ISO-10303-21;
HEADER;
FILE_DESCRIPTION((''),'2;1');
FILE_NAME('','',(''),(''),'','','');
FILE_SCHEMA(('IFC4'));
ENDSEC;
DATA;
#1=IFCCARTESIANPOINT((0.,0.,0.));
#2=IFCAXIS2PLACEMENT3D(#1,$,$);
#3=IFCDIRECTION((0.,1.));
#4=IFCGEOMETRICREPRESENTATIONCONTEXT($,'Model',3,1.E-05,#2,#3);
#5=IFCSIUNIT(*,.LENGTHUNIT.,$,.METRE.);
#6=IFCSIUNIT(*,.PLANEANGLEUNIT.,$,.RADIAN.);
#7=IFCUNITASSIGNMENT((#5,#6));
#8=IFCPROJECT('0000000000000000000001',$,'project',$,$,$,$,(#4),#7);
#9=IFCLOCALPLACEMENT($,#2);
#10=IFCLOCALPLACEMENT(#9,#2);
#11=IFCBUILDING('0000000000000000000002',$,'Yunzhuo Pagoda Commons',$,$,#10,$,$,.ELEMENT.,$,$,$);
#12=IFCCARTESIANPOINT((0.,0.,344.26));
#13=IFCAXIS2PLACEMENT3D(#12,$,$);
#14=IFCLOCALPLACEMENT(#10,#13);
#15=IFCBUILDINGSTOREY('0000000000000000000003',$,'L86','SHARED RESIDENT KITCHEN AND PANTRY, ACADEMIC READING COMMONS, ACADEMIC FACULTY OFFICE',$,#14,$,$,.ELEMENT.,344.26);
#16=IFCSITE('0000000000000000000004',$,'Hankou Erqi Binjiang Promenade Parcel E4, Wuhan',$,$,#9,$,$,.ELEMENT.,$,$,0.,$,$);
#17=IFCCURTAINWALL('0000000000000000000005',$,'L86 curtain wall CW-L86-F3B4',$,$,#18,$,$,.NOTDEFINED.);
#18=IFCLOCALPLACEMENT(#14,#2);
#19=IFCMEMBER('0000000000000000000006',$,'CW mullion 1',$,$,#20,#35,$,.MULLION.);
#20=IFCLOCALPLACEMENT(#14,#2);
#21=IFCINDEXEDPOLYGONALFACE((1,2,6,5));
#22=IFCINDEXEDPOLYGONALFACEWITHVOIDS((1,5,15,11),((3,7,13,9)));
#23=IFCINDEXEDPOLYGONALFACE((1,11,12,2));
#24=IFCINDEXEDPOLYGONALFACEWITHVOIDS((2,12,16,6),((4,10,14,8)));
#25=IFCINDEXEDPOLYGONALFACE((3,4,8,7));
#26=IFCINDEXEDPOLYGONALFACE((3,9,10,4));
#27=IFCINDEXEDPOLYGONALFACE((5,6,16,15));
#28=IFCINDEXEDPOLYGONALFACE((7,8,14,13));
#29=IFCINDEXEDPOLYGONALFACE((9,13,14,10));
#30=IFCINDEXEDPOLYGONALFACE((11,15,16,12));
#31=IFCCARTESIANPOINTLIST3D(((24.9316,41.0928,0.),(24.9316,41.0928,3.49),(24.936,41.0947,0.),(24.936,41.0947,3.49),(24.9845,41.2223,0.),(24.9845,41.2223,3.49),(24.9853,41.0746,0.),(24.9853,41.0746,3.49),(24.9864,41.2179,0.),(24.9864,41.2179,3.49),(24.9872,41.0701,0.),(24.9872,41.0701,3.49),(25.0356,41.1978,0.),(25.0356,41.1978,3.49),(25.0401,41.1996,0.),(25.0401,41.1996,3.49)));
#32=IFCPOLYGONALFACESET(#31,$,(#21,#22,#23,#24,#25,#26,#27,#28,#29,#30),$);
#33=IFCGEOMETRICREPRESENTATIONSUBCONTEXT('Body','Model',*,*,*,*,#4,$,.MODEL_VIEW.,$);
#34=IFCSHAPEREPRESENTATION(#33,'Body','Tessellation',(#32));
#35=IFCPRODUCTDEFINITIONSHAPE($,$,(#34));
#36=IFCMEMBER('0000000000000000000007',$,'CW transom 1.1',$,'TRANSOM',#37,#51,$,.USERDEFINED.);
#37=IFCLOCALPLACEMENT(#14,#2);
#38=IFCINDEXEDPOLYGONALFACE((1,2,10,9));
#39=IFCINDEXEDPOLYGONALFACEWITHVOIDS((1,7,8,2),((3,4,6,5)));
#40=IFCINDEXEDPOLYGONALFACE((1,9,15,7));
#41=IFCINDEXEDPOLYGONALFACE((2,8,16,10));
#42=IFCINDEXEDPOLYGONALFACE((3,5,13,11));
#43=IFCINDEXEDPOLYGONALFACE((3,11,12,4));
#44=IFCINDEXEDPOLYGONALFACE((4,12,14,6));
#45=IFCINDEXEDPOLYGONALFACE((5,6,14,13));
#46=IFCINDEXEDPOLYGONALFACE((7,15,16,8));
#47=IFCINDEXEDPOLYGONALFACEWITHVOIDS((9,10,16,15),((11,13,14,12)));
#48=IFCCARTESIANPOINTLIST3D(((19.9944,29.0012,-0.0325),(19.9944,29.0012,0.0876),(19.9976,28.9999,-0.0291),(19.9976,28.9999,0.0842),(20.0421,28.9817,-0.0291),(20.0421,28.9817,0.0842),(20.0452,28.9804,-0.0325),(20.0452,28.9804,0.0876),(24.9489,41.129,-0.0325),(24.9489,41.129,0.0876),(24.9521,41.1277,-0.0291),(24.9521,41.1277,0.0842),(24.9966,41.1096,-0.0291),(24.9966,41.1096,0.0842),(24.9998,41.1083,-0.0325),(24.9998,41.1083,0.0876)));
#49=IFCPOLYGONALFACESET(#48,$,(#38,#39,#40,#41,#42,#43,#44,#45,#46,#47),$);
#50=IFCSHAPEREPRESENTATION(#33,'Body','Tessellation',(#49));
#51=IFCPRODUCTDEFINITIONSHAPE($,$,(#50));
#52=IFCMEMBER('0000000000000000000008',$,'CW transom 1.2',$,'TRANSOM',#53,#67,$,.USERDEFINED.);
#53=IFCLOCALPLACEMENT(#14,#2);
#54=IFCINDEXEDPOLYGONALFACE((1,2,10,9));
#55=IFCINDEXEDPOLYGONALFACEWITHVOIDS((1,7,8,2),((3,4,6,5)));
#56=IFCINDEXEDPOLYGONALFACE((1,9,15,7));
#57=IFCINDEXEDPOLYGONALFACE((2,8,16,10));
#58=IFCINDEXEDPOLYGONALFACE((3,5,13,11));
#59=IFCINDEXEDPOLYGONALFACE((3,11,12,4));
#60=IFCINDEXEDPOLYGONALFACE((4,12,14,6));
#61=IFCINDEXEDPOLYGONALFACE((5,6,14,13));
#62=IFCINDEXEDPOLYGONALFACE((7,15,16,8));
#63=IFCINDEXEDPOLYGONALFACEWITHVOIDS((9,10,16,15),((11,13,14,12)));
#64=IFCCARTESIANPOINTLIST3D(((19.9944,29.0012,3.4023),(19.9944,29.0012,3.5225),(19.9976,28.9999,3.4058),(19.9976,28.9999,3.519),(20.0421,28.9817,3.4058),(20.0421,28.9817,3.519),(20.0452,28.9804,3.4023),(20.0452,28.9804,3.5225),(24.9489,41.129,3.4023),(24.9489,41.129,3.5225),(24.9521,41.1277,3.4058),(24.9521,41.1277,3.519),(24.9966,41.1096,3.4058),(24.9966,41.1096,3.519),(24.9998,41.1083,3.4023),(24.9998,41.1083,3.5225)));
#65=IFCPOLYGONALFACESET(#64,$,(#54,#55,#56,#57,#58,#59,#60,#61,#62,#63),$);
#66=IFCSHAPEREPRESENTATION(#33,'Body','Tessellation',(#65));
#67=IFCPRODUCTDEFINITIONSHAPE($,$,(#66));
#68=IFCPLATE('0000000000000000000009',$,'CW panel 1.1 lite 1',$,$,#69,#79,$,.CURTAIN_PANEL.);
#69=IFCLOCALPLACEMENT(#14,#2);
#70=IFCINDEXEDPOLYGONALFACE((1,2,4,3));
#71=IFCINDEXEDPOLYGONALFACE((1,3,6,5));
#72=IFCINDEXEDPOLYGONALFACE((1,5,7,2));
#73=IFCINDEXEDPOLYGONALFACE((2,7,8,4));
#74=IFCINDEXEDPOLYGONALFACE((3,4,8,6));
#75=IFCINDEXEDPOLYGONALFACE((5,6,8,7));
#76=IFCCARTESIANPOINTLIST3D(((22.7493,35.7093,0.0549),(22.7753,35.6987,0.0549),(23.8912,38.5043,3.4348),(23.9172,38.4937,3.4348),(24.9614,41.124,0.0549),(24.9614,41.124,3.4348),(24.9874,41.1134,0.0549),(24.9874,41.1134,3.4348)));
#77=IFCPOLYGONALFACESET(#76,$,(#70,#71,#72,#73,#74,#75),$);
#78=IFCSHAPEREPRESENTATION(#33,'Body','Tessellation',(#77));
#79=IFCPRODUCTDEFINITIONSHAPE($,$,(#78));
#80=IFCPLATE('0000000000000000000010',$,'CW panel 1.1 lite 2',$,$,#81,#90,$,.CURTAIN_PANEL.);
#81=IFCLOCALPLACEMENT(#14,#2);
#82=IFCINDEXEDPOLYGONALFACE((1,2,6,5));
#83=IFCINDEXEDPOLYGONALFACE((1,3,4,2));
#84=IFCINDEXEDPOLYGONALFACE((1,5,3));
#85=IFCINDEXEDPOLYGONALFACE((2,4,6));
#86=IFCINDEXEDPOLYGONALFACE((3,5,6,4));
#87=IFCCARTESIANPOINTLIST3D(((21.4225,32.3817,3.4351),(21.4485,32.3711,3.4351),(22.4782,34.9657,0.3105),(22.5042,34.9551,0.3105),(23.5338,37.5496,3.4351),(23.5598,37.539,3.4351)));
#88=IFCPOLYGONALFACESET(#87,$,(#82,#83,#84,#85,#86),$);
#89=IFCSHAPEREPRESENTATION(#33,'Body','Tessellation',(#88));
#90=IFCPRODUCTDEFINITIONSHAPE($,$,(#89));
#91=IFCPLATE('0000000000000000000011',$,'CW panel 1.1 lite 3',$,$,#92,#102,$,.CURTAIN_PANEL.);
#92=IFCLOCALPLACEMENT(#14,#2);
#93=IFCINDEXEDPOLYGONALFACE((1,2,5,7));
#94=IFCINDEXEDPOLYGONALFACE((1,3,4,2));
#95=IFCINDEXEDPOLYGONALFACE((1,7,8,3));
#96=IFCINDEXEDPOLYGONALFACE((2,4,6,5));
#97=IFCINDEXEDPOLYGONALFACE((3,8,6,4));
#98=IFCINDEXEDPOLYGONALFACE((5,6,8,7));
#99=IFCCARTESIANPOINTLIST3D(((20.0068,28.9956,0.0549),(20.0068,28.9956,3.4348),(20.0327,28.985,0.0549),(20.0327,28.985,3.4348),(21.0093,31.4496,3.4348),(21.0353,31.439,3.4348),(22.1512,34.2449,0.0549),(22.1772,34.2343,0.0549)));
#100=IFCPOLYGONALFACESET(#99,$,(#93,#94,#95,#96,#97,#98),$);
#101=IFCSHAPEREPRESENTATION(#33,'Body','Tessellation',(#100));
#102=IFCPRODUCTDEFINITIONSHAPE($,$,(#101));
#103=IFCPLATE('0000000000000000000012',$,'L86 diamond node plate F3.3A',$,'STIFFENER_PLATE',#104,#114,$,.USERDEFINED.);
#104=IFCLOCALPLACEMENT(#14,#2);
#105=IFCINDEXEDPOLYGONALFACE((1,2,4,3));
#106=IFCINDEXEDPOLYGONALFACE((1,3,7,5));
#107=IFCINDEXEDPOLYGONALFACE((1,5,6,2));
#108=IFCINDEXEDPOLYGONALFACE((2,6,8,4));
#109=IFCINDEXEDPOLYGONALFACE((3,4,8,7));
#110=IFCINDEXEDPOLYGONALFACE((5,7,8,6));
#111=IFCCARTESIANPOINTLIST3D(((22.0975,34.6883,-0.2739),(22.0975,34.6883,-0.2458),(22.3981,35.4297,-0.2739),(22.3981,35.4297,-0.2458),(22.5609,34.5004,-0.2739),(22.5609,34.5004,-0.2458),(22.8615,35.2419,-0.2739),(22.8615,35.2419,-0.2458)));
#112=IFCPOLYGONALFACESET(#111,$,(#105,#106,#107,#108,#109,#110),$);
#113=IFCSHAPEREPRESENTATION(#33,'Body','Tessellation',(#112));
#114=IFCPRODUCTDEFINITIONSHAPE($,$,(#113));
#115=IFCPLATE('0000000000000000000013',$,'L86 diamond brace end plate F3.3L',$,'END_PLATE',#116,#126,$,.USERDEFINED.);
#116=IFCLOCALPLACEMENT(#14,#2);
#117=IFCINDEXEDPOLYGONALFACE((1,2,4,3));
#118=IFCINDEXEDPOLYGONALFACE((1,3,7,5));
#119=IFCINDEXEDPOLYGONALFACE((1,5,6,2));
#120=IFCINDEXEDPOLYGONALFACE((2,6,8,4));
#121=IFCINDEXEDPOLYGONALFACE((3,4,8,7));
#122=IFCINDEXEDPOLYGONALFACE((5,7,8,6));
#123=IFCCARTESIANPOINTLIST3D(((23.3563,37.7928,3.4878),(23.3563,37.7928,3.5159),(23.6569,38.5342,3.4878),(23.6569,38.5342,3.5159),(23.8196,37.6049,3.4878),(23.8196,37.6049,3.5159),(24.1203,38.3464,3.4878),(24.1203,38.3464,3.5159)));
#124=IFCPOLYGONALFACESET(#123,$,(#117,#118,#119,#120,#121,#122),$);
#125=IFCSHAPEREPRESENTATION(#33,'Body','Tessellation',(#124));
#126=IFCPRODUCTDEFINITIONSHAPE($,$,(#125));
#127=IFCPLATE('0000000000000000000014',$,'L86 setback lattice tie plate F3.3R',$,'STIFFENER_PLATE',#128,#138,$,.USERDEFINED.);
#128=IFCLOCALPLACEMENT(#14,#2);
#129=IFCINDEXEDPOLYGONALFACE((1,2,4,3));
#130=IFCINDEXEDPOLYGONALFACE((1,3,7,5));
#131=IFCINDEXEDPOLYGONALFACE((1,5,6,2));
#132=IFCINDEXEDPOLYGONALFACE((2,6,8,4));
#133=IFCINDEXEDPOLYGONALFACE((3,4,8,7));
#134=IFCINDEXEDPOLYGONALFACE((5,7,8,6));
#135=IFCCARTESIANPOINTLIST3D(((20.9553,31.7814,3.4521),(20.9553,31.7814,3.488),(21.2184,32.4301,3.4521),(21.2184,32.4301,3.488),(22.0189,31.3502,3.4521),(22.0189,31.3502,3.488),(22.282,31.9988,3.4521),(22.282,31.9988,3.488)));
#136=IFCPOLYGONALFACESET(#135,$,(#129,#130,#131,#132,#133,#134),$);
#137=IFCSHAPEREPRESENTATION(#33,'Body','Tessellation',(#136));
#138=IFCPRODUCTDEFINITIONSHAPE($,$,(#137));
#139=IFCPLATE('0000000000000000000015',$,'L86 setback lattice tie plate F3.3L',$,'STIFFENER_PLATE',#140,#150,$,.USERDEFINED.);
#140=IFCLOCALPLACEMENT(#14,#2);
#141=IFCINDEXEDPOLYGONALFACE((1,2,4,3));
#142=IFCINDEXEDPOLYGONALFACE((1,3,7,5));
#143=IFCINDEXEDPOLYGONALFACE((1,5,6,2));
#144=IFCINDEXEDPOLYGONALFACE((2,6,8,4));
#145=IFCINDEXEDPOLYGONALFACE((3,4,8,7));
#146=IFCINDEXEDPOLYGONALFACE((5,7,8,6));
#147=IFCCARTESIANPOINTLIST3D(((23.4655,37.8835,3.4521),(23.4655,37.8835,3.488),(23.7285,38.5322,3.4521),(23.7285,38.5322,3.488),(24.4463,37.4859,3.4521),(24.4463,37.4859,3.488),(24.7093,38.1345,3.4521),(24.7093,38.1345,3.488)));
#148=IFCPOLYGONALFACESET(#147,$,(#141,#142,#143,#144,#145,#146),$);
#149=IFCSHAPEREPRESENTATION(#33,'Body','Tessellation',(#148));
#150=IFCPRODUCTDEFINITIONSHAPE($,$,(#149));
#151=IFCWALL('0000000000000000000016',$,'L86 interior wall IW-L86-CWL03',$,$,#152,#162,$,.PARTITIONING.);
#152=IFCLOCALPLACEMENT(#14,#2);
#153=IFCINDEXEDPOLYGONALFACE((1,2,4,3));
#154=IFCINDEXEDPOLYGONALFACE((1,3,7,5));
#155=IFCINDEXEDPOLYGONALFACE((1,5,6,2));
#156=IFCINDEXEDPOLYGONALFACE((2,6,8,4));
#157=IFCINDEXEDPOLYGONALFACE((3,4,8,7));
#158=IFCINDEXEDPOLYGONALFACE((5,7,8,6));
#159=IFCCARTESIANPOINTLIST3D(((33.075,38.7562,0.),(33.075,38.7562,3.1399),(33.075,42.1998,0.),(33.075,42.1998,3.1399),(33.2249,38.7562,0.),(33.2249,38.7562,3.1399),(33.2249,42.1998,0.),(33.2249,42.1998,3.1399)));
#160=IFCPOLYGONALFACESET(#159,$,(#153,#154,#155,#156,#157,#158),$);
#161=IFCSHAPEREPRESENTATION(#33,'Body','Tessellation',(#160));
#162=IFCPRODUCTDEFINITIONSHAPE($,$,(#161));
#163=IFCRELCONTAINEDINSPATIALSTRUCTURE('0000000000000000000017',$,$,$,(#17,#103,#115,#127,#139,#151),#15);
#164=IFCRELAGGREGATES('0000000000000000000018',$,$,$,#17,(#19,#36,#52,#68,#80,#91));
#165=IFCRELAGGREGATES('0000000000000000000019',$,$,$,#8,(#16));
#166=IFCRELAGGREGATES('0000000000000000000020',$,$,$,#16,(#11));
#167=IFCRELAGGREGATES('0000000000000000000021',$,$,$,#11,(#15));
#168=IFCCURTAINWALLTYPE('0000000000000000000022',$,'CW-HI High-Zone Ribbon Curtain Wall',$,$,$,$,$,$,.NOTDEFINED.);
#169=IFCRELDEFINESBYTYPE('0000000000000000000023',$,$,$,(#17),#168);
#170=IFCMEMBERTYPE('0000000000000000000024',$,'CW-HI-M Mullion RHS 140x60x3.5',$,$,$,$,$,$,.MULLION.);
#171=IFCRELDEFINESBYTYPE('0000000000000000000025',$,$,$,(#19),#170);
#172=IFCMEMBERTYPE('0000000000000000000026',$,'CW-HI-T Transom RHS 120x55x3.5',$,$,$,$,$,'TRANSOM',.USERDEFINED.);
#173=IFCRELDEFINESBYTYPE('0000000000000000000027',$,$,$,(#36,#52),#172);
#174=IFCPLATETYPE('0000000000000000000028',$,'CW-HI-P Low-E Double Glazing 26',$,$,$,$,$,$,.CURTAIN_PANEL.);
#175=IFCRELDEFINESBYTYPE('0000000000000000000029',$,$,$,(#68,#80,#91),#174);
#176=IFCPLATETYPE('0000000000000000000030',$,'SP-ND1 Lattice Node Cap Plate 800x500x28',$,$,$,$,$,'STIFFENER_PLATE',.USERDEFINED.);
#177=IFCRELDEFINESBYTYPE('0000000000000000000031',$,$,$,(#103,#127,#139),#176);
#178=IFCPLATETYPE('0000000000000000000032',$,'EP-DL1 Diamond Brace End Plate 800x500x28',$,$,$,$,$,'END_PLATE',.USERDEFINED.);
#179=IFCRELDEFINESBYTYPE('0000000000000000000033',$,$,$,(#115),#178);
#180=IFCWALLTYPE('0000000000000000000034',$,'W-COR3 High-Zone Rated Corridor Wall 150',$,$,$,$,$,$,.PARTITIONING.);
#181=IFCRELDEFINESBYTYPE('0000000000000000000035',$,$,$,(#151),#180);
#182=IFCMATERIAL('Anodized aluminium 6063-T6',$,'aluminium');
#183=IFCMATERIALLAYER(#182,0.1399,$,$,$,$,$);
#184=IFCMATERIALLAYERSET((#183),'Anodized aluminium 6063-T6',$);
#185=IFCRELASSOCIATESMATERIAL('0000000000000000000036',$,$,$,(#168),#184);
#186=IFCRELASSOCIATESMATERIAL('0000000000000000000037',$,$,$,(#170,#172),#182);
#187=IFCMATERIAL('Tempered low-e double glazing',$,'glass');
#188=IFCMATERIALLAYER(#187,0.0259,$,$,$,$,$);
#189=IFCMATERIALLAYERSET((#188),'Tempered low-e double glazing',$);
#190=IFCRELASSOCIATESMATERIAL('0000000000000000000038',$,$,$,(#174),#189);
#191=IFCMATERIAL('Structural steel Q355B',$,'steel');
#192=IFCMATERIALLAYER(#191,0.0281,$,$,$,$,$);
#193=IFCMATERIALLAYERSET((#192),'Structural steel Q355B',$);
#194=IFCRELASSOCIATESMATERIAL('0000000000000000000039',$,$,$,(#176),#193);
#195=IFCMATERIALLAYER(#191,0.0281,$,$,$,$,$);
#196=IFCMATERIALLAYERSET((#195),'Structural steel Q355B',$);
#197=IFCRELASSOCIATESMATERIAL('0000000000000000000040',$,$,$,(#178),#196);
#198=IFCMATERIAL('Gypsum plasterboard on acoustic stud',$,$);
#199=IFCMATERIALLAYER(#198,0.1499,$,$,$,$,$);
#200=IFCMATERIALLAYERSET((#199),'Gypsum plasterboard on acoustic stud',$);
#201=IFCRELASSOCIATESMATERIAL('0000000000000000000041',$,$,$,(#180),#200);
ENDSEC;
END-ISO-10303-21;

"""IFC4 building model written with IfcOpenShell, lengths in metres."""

from ifc_helpers import new_model, si_unit, direction, frame, frame_2d, origin, origin_2d, place, context, subcontext, project, spatial, polyline, rectangle, hollow_rectangle, outline, extrude, source, transform, mapped, material, layer, layer_set, material_profile, profile_set, type_object, element, aggregate, save


model = new_model("IFC4")

# Units and contexts
model_context = context("Model", 3, precision=1e-05, world=origin(), true_north=direction((0.0, 1.0)))
body_context = subcontext(model_context, "Body", "Model", "MODEL_VIEW")
ifc_project = project(units=[si_unit("LENGTHUNIT", "METRE"), si_unit("PLANEANGLEUNIT", "RADIAN")], contexts=[model_context])

# Site, building, storey
site_placement = place(None, origin())
site = spatial("IfcSite", under=ifc_project, at=site_placement, Name="Hankou Erqi Binjiang Promenade Parcel E4, Wuhan", CompositionType="ELEMENT", RefElevation=0.0)
building_placement = place(site_placement, origin())
building = spatial("IfcBuilding", under=site, at=building_placement, Name="Yunzhuo Pagoda Commons", CompositionType="ELEMENT")
storey_placement = place(building_placement, frame((0.0, 0.0, 344.26)))
storey = spatial("IfcBuildingStorey", under=building, at=storey_placement, Name="L86", Description="SHARED RESIDENT KITCHEN AND PANTRY, ACADEMIC READING COMMONS, ACADEMIC FACULTY OFFICE", CompositionType="ELEMENT", Elevation=344.26)

# Shared definitions
ifc_material_1 = material(Name="Structural steel Q355B", Category="steel")

# Curtain wall, members, plates
ifc_material_2 = material(Name="Anodized aluminium 6063-T6", Category="aluminium")
ifc_layer_1 = layer(ifc_material_2, 0.1399)
ifc_layer_set_1 = layer_set([ifc_layer_1], Name="Anodized aluminium 6063-T6")
curtain_wall_type = type_object("IfcCurtainWallType", Name="CW-HI High-Zone Ribbon Curtain Wall", PredefinedType="NOTDEFINED", material=ifc_layer_set_1)
curtain_wall_placement = place(storey_placement, origin())
curtain_wall = element("IfcCurtainWall", 1, at=curtain_wall_placement, inside=storey, type_object=curtain_wall_type, Name="L86 curtain wall CW-L86-F3B4", PredefinedType="NOTDEFINED")
ifc_material_profile_1 = material_profile(ifc_material_2, hollow_rectangle(XDim=0.0601, YDim=0.1399, WallThickness=0.0034, at=origin_2d()), Name="Anodized aluminium 6063-T6")
ifc_profile_set_1 = profile_set([ifc_material_profile_1], Name="Anodized aluminium 6063-T6")
member_type_1 = type_object("IfcMemberType", Name="CW-HI-M Mullion RHS 140x60x3.5", PredefinedType="MULLION", material=ifc_profile_set_1)
shared_shape_1 = source(origin(), body_context, "Body", "SweptSolid", [
    extrude(hollow_rectangle(XDim=0.0601, YDim=0.1399, WallThickness=0.0034, at=origin_2d()), origin(), (0.0, 0.0, 1.0), 3.49),
])
member_1_placement = place(storey_placement, frame((24.9858, 41.1462, 0.0), z_axis=(0.0, 0.0, 1.0), x_axis=(0.92573, -0.378185, 0.0)))
member_1 = element("IfcMember", 2, at=member_1_placement, type_object=member_type_1, Name="CW mullion 1", PredefinedType="MULLION", context=body_context, shape_type="MappedRepresentation", body=[
    mapped(shared_shape_1, transform((0.0, 0.0, 0.0), scale=1.0)),
])
ifc_material_profile_2 = material_profile(ifc_material_2, hollow_rectangle(XDim=0.0549, YDim=0.1201, WallThickness=0.0034, at=origin_2d()), Name="Anodized aluminium 6063-T6")
ifc_profile_set_2 = profile_set([ifc_material_profile_2], Name="Anodized aluminium 6063-T6")
member_type_2 = type_object("IfcMemberType", Name="CW-HI-T Transom RHS 120x55x3.5", ElementType="TRANSOM", PredefinedType="USERDEFINED", material=ifc_profile_set_2)
shared_shape_2 = source(origin(), body_context, "Body", "SweptSolid", [
    extrude(hollow_rectangle(XDim=0.0549, YDim=0.1201, WallThickness=0.0034, at=origin_2d()), origin(), (0.0, 0.0, 1.0), 13.1008),
])
member_2_placement = place(storey_placement, frame((24.9744, 41.1187, 0.0276), z_axis=(-0.378186, -0.92573, 0.0), x_axis=(0.92573, -0.378186, 0.0)))
member_2 = element("IfcMember", 3, at=member_2_placement, type_object=member_type_2, Name="CW transom 1.1", ObjectType="TRANSOM", PredefinedType="USERDEFINED", context=body_context, shape_type="MappedRepresentation", body=[
    mapped(shared_shape_2, transform((0.0, 0.0, 0.0), scale=1.0)),
])
member_3_placement = place(storey_placement, frame((24.9744, 41.1187, 3.4624), z_axis=(-0.378186, -0.92573, 0.0), x_axis=(0.92573, -0.378186, 0.0)))
member_3 = element("IfcMember", 4, at=member_3_placement, type_object=member_type_2, Name="CW transom 1.2", ObjectType="TRANSOM", PredefinedType="USERDEFINED", context=body_context, shape_type="MappedRepresentation", body=[
    mapped(shared_shape_2, transform((0.0, 0.0, 0.0), scale=1.0)),
])
ifc_material_3 = material(Name="Tempered low-e double glazing", Category="glass")
ifc_layer_2 = layer(ifc_material_3, 0.0259)
ifc_layer_set_2 = layer_set([ifc_layer_2], Name="Tempered low-e double glazing")
plate_type_1 = type_object("IfcPlateType", Name="CW-HI-P Low-E Double Glazing 26", PredefinedType="CURTAIN_PANEL", material=ifc_layer_set_2)
plate_1_placement = place(storey_placement, frame((23.8813, 38.406, 1.7449), z_axis=(-0.92573, 0.378185, 0.0), x_axis=(-0.378185, -0.92573, 0.0)))
plate_1 = element("IfcPlate", 5, at=plate_1_placement, type_object=plate_type_1, Name="CW panel 1.1 lite 1", PredefinedType="CURTAIN_PANEL", context=body_context, shape_type="SweptSolid", body=[
    extrude(outline(polyline([(-2.9246, -1.6899), (2.9246, -1.6899), (-0.0947, 1.6899), (-2.9246, 1.6899), (-2.9246, -1.6899)])), origin(), (0.0, 0.0, 1.0), 0.0281),
])
plate_2_placement = place(storey_placement, frame((22.5042, 34.9551, 1.8728), z_axis=(-0.92573, 0.378185, 0.0), x_axis=(-0.378185, -0.92573, 0.0)))
plate_2 = element("IfcPlate", 6, at=plate_2_placement, type_object=plate_type_1, Name="CW panel 1.1 lite 2", PredefinedType="CURTAIN_PANEL", context=body_context, shape_type="SweptSolid", body=[
    extrude(outline(polyline([(-2.7913, 1.5623), (0.0, -1.5623), (2.7913, 1.5623), (-2.7913, 1.5623)])), origin(), (0.0, 0.0, 1.0), 0.0281),
])
plate_3_placement = place(storey_placement, frame((21.105, 31.6096, 1.7449), z_axis=(-0.92573, 0.378185, 0.0), x_axis=(-0.378185, -0.92573, 0.0)))
plate_3 = element("IfcPlate", 7, at=plate_3_placement, type_object=plate_type_1, Name="CW panel 1.1 lite 3", PredefinedType="CURTAIN_PANEL", context=body_context, shape_type="SweptSolid", body=[
    extrude(outline(polyline([(-2.8352, -1.6899), (2.8352, -1.6899), (2.8352, 1.6899), (0.1843, 1.6899), (-2.8352, -1.6899)])), origin(), (0.0, 0.0, 1.0), 0.0281),
])
aggregate(curtain_wall, [member_1, member_2, member_3, plate_1, plate_2, plate_3])

# Plates
ifc_layer_3 = layer(ifc_material_1, 0.0281)
ifc_layer_set_3 = layer_set([ifc_layer_3], Name="Structural steel Q355B")
plate_type_2 = type_object("IfcPlateType", Name="SP-ND1 Lattice Node Cap Plate 800x500x28", ElementType="STIFFENER_PLATE", PredefinedType="USERDEFINED", material=ifc_layer_set_3)
shared_shape_3 = source(origin(), body_context, "Body", "SweptSolid", [
    extrude(rectangle(XDim=0.8, YDim=0.5, at=origin_2d()), origin(), (0.0, 0.0, 1.0), 0.0281),
])
plate_4_placement = place(storey_placement, frame((22.4795, 34.9651, -0.2739), z_axis=(0.0, 0.0, 1.0), x_axis=(-0.375755, -0.926719, 0.0)))
element("IfcPlate", 8, at=plate_4_placement, inside=storey, type_object=plate_type_2, Name="L86 diamond node plate F3.3A", ObjectType="STIFFENER_PLATE", PredefinedType="USERDEFINED", context=body_context, shape_type="MappedRepresentation", body=[
    mapped(shared_shape_3, transform((0.0, 0.0, 0.0), scale=1.0)),
])
ifc_layer_4 = layer(ifc_material_1, 0.0281)
ifc_layer_set_4 = layer_set([ifc_layer_4], Name="Structural steel Q355B")
plate_type_3 = type_object("IfcPlateType", Name="EP-DL1 Diamond Brace End Plate 800x500x28", ElementType="END_PLATE", PredefinedType="USERDEFINED", material=ifc_layer_set_4)
plate_5_placement = place(storey_placement, frame((23.7383, 38.0696, 3.4878), z_axis=(0.0, 0.0, 1.0), x_axis=(-0.375755, -0.926719, 0.0)))
element("IfcPlate", 9, at=plate_5_placement, inside=storey, type_object=plate_type_3, Name="L86 diamond brace end plate F3.3L", ObjectType="END_PLATE", PredefinedType="USERDEFINED", context=body_context, shape_type="MappedRepresentation", body=[
    mapped(shared_shape_3, transform((0.0, 0.0, 0.0), scale=1.0)),
])
shared_shape_4 = source(origin(), body_context, "Body", "SweptSolid", [
    extrude(rectangle(XDim=0.7, YDim=1.1477, at=origin_2d()), origin(), (0.0, 0.0, 1.0), 0.0359),
])
plate_6_placement = place(storey_placement, frame((21.6187, 31.8901, 3.4521), z_axis=(0.0, 0.0, 1.0), x_axis=(-0.375755, -0.926719, 0.0)))
element("IfcPlate", 10, at=plate_6_placement, inside=storey, type_object=plate_type_2, Name="L86 setback lattice tie plate F3.3R", ObjectType="STIFFENER_PLATE", PredefinedType="USERDEFINED", context=body_context, shape_type="MappedRepresentation", body=[
    mapped(shared_shape_4, transform((0.0, 0.0, 0.0), scale=1.0)),
])
shared_shape_5 = source(origin(), body_context, "Body", "SweptSolid", [
    extrude(rectangle(XDim=0.7, YDim=1.0583, at=origin_2d()), origin(), (0.0, 0.0, 1.0), 0.0359),
])
plate_7_placement = place(storey_placement, frame((24.0874, 38.009, 3.4521), z_axis=(0.0, 0.0, 1.0), x_axis=(-0.375755, -0.926719, 0.0)))
element("IfcPlate", 11, at=plate_7_placement, inside=storey, type_object=plate_type_2, Name="L86 setback lattice tie plate F3.3L", ObjectType="STIFFENER_PLATE", PredefinedType="USERDEFINED", context=body_context, shape_type="MappedRepresentation", body=[
    mapped(shared_shape_5, transform((0.0, 0.0, 0.0), scale=1.0)),
])

# Wall
ifc_material_4 = material(Name="Gypsum plasterboard on acoustic stud")
ifc_layer_5 = layer(ifc_material_4, 0.1499)
ifc_layer_set_5 = layer_set([ifc_layer_5], Name="Gypsum plasterboard on acoustic stud")
wall_type_1 = type_object("IfcWallType", Name="W-COR3 High-Zone Rated Corridor Wall 150", PredefinedType="PARTITIONING", material=ifc_layer_set_5)
wall_1_placement = place(storey_placement, frame((33.1499, 38.7563, 0.0), z_axis=(0.0, 0.0, 1.0), x_axis=(0.0, 1.0, 0.0)))
element("IfcWall", 12, at=wall_1_placement, inside=storey, type_object=wall_type_1, Name="L86 interior wall IW-L86-CWL03", PredefinedType="PARTITIONING", context=body_context, shape_type="SweptSolid", body=[
    extrude(rectangle(XDim=3.4436, YDim=0.1499, at=frame_2d((1.7217, 0.0))), origin(), (0.0, 0.0, 1.0), 3.1399),
])

save(model, "model.ifc")
